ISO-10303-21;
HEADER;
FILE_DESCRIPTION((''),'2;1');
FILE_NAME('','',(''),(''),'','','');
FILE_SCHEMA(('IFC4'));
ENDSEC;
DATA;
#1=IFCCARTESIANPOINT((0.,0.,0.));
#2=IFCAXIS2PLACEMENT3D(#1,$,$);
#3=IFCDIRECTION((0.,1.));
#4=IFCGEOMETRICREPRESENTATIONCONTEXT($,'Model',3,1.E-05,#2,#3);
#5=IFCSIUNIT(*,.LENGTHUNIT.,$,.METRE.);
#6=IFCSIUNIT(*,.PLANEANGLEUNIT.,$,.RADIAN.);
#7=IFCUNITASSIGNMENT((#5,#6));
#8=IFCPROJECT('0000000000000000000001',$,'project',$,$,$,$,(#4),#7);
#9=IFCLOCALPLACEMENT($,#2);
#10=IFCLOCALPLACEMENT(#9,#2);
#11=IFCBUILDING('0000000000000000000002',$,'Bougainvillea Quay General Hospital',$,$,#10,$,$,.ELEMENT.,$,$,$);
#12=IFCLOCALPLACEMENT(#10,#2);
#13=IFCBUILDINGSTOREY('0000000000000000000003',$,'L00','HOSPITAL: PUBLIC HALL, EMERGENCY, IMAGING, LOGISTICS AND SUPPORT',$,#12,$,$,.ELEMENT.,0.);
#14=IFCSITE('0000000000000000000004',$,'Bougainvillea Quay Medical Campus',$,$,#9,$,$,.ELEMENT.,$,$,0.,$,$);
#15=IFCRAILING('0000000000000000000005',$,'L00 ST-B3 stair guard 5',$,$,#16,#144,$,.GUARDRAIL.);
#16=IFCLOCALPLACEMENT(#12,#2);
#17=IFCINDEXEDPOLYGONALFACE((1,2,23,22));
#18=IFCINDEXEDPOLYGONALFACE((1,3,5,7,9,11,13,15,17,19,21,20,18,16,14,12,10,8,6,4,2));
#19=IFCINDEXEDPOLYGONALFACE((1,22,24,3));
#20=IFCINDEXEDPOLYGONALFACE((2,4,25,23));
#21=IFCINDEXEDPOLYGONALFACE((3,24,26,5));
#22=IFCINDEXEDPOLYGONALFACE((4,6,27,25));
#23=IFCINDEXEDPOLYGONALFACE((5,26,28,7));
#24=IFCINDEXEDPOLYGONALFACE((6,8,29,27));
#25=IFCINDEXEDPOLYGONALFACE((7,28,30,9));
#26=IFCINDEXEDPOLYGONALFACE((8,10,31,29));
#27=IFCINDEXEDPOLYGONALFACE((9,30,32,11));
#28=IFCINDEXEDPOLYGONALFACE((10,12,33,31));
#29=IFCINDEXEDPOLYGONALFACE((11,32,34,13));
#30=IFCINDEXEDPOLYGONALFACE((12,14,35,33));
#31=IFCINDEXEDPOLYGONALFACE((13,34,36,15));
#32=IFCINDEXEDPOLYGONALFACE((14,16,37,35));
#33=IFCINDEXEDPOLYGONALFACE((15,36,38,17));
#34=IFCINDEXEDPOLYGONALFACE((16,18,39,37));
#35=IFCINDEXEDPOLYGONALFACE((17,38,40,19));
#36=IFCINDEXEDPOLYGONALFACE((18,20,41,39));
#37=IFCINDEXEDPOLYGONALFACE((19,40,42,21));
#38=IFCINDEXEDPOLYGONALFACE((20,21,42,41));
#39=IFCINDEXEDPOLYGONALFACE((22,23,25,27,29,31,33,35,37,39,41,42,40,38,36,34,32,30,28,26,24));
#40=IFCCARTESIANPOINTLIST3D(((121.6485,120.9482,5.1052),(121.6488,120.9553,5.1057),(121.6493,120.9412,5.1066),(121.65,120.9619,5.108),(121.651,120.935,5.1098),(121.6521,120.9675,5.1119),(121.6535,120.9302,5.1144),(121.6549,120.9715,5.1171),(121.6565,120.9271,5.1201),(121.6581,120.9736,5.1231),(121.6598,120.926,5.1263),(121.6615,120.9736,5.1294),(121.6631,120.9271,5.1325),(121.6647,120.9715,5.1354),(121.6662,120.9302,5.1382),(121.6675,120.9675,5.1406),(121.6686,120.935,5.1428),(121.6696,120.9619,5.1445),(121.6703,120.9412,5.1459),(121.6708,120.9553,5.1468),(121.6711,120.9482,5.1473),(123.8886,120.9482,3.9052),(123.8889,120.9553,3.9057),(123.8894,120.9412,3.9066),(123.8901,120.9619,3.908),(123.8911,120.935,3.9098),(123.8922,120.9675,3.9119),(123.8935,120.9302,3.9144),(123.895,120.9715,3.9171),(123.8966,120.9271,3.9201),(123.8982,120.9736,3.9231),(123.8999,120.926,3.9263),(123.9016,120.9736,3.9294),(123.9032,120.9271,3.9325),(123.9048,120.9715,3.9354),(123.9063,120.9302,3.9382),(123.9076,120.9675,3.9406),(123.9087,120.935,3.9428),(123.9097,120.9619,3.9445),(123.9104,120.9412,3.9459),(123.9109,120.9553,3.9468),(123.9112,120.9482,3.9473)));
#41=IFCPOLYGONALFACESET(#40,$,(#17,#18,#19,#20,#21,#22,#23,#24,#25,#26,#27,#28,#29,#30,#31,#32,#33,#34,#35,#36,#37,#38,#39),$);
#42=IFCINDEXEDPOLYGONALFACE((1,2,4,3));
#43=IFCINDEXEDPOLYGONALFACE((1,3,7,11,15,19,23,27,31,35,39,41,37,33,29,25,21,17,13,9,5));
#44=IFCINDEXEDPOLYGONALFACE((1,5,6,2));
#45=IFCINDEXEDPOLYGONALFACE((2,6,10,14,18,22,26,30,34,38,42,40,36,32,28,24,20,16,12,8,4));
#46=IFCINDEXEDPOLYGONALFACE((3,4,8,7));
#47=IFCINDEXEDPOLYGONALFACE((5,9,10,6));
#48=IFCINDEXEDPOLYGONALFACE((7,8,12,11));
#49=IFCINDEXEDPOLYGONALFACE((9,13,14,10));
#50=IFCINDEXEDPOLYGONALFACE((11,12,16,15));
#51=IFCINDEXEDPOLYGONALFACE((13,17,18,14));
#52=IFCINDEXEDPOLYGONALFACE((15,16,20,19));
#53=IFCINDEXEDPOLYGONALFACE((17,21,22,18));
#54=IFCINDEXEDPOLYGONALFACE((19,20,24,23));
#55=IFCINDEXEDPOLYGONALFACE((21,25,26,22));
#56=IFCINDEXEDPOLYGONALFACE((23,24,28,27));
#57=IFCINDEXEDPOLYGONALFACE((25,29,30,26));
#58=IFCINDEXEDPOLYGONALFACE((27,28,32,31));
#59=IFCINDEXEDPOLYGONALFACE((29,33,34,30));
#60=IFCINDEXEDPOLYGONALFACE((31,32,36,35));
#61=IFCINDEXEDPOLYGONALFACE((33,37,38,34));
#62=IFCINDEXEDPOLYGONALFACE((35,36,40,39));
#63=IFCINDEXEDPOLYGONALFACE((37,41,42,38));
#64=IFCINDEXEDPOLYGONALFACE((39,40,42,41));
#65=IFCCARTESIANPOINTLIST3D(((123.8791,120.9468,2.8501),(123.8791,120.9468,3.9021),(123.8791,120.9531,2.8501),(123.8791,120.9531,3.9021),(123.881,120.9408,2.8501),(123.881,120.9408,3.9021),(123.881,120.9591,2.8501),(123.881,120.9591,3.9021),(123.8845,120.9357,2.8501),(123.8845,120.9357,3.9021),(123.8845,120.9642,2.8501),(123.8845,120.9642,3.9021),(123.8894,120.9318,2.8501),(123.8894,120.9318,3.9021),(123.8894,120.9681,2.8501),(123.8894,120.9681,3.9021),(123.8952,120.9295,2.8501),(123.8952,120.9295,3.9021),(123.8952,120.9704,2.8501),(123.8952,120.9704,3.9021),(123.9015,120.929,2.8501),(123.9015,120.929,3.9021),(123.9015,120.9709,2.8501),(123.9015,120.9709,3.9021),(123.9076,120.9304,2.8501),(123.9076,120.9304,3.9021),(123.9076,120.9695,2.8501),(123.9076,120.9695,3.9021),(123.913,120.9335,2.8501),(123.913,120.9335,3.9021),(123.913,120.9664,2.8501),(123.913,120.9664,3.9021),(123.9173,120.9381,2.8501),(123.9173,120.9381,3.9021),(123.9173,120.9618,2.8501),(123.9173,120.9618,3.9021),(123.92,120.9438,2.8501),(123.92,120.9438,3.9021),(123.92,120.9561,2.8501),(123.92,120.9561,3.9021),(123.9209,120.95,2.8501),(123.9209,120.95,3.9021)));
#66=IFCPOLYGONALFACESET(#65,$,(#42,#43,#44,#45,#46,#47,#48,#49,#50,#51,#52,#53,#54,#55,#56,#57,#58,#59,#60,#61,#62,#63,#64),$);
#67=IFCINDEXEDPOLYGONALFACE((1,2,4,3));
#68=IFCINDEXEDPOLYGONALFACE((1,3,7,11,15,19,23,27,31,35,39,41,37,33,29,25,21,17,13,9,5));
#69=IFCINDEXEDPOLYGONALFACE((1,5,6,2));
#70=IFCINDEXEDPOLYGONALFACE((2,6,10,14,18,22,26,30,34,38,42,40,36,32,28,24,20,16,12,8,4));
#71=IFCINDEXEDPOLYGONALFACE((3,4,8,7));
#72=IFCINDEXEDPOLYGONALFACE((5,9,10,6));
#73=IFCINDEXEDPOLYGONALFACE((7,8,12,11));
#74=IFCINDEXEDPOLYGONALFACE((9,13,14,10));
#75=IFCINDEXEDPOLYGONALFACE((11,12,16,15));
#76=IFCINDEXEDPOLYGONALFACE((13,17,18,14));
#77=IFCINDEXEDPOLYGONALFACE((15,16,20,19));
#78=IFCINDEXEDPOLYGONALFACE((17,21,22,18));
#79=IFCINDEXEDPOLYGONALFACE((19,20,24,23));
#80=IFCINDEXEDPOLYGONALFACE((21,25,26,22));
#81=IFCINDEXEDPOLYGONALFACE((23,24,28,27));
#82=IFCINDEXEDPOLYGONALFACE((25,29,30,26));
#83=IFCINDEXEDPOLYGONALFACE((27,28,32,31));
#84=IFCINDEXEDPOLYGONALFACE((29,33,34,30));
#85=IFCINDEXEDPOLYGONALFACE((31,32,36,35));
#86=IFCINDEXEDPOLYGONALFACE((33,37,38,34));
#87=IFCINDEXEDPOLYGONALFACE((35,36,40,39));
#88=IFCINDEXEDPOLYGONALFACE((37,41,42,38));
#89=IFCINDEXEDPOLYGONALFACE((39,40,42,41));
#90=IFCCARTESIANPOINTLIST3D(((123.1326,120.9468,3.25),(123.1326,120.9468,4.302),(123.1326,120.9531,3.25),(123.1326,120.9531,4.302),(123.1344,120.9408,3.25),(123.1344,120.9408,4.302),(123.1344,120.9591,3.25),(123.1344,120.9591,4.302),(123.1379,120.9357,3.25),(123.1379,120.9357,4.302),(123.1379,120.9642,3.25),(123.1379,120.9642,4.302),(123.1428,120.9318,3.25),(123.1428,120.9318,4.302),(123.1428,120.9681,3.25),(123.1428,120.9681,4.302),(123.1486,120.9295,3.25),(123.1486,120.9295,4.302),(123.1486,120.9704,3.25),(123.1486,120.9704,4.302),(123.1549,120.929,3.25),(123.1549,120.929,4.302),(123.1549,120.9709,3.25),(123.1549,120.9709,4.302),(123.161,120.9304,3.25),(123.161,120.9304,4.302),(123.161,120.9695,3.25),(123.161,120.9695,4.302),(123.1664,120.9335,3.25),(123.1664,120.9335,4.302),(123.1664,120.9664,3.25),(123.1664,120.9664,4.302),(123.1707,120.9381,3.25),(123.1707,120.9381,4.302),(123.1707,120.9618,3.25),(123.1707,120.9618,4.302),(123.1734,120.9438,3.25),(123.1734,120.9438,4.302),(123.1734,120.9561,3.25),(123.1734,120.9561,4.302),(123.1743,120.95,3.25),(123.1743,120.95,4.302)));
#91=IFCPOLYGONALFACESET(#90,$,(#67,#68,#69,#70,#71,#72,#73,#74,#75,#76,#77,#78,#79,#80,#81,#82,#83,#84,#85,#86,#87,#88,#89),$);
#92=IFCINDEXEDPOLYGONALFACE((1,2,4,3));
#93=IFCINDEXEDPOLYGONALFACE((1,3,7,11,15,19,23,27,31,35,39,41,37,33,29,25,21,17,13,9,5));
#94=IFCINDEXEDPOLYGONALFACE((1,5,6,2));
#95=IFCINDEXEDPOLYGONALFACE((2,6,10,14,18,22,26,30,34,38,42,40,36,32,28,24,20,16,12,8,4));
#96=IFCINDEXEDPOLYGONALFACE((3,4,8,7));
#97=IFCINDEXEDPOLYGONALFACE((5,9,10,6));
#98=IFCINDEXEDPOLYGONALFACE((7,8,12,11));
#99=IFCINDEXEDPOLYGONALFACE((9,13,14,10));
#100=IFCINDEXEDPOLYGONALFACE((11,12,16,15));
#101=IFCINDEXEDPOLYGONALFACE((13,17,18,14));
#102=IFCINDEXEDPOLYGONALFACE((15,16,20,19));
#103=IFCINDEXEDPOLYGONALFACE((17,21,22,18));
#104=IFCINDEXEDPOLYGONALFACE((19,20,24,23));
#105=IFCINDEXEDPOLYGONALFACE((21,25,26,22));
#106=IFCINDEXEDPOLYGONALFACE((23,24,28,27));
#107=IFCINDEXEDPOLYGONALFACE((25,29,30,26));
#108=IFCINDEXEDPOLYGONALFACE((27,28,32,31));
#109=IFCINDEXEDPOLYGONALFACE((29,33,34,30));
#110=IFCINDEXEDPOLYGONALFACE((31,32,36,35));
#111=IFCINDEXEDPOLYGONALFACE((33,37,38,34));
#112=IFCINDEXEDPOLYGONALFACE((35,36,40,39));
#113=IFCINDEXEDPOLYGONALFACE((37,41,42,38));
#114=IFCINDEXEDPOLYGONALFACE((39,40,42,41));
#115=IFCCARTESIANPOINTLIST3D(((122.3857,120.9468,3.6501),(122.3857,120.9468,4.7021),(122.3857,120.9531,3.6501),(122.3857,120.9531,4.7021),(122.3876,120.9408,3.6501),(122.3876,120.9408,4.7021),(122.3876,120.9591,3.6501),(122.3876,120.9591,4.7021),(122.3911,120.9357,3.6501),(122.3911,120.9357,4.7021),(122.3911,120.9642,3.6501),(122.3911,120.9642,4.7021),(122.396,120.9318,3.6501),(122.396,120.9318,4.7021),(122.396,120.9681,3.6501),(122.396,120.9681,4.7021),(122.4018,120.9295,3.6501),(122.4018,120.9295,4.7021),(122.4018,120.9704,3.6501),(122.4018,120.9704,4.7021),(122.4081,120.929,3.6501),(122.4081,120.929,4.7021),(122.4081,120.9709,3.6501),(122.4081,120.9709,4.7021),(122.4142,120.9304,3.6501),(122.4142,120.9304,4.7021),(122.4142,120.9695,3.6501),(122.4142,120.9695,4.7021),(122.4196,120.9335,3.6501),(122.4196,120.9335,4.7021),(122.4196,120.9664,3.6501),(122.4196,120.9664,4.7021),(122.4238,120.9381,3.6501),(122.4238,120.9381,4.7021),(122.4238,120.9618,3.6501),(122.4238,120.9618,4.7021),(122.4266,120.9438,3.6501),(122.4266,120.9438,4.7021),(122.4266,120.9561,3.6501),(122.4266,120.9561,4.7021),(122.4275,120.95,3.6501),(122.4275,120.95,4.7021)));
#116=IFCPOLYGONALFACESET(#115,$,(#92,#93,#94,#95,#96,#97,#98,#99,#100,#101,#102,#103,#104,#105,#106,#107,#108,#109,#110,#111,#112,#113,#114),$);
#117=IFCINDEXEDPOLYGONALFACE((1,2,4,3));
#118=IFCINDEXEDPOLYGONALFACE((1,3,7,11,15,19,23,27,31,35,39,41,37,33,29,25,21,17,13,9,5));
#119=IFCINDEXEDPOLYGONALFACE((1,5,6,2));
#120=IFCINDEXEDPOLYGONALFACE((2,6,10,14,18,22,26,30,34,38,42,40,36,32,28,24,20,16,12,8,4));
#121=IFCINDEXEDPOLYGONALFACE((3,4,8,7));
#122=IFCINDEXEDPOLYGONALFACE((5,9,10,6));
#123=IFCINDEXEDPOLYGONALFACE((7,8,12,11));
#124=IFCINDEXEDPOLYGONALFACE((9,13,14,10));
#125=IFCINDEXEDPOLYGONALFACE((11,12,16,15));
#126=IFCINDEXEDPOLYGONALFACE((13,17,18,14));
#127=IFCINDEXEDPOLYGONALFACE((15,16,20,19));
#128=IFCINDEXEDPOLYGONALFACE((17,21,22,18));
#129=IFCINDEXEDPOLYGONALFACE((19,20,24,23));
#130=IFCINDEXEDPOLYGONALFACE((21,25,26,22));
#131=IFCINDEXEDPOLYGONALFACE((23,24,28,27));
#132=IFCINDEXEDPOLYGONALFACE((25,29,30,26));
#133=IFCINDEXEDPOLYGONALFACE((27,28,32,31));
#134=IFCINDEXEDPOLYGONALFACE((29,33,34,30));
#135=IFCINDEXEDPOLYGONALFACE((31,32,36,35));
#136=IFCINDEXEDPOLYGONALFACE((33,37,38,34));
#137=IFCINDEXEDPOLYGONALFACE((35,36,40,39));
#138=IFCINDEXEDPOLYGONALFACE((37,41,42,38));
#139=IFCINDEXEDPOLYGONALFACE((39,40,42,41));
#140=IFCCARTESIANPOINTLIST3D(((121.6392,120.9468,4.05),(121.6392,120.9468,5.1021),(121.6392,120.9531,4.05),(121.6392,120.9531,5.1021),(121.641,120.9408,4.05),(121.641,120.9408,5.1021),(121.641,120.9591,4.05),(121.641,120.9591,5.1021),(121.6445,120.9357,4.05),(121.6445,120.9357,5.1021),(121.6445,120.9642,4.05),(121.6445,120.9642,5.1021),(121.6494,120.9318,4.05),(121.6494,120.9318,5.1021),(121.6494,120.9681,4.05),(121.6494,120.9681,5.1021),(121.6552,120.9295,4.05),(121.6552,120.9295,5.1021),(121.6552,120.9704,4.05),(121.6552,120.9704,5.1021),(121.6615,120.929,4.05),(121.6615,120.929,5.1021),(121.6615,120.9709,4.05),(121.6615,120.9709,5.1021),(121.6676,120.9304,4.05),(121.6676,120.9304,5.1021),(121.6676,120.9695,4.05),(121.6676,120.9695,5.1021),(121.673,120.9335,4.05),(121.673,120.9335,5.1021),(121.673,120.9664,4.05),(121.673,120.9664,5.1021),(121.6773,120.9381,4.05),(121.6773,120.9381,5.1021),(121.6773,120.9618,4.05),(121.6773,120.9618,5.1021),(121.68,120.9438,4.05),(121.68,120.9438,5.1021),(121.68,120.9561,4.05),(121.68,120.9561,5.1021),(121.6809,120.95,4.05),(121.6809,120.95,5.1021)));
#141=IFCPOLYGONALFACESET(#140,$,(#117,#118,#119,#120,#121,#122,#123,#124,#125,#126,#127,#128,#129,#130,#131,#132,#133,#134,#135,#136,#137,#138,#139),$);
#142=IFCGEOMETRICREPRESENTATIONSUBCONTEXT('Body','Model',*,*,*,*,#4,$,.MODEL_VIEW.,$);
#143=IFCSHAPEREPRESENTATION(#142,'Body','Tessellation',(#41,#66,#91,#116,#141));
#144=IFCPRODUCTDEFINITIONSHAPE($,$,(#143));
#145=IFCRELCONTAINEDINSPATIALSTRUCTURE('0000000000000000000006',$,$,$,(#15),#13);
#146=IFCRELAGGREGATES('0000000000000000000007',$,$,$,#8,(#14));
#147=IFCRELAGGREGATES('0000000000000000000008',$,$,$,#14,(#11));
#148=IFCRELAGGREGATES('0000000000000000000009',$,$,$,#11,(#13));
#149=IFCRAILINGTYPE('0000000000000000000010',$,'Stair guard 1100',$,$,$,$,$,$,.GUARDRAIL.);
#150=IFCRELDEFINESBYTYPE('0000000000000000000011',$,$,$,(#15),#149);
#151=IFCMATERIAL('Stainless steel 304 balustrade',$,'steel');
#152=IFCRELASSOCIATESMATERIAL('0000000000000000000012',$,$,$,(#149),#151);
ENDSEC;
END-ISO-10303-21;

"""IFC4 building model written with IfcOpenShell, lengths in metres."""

from ifc_helpers import new_model, si_unit, direction, frame, origin, origin_2d, place, context, subcontext, project, spatial, circle, extrude, material, type_object, element, save


model = new_model("IFC4")

# Units and contexts
model_context = context("Model", 3, precision=1e-05, world=origin(), true_north=direction((0.0, 1.0)))
body_context = subcontext(model_context, "Body", "Model", "MODEL_VIEW")
ifc_project = project(units=[si_unit("LENGTHUNIT", "METRE"), si_unit("PLANEANGLEUNIT", "RADIAN")], contexts=[model_context])

# Site, building, storey
site_placement = place(None, origin())
site = spatial("IfcSite", under=ifc_project, at=site_placement, Name="Bougainvillea Quay Medical Campus", CompositionType="ELEMENT", RefElevation=0.0)
building_placement = place(site_placement, origin())
building = spatial("IfcBuilding", under=site, at=building_placement, Name="Bougainvillea Quay General Hospital", CompositionType="ELEMENT")
storey_placement = place(building_placement, origin())
storey = spatial("IfcBuildingStorey", under=building, at=storey_placement, Name="L00", Description="HOSPITAL: PUBLIC HALL, EMERGENCY, IMAGING, LOGISTICS AND SUPPORT", CompositionType="ELEMENT", Elevation=0.0)

# Railing
ifc_material_1 = material(Name="Stainless steel 304 balustrade", Category="steel")
railing_type_1 = type_object("IfcRailingType", Name="Stair guard 1100", PredefinedType="GUARDRAIL", material=ifc_material_1)
railing_1_placement = place(storey_placement, frame((123.8999, 120.95, 2.8501)))
element("IfcRailing", 1, at=railing_1_placement, inside=storey, type_object=railing_type_1, Name="L00 ST-B3 stair guard 5", PredefinedType="GUARDRAIL", context=body_context, shape_type="SweptSolid", body=[
    extrude(circle(Radius=0.0239, at=origin_2d()), frame((0.0, 0.0, 1.0762), z_axis=(-0.881487, 0.0, 0.472208), x_axis=(0.0, -1.0, 0.0)), (0.0, 0.0, 1.0), 2.5413),
    extrude(circle(Radius=0.021, at=origin_2d()), origin(), (0.0, 0.0, 1.0), 1.052),
    extrude(circle(Radius=0.021, at=origin_2d()), frame((-0.7466, 0.0, 0.3999)), (0.0, 0.0, 1.0), 1.052),
    extrude(circle(Radius=0.021, at=origin_2d()), frame((-1.4934, 0.0, 0.8)), (0.0, 0.0, 1.0), 1.052),
    extrude(circle(Radius=0.021, at=origin_2d()), frame((-2.24, 0.0, 1.2)), (0.0, 0.0, 1.0), 1.052),
])

save(model, "model.ifc")
